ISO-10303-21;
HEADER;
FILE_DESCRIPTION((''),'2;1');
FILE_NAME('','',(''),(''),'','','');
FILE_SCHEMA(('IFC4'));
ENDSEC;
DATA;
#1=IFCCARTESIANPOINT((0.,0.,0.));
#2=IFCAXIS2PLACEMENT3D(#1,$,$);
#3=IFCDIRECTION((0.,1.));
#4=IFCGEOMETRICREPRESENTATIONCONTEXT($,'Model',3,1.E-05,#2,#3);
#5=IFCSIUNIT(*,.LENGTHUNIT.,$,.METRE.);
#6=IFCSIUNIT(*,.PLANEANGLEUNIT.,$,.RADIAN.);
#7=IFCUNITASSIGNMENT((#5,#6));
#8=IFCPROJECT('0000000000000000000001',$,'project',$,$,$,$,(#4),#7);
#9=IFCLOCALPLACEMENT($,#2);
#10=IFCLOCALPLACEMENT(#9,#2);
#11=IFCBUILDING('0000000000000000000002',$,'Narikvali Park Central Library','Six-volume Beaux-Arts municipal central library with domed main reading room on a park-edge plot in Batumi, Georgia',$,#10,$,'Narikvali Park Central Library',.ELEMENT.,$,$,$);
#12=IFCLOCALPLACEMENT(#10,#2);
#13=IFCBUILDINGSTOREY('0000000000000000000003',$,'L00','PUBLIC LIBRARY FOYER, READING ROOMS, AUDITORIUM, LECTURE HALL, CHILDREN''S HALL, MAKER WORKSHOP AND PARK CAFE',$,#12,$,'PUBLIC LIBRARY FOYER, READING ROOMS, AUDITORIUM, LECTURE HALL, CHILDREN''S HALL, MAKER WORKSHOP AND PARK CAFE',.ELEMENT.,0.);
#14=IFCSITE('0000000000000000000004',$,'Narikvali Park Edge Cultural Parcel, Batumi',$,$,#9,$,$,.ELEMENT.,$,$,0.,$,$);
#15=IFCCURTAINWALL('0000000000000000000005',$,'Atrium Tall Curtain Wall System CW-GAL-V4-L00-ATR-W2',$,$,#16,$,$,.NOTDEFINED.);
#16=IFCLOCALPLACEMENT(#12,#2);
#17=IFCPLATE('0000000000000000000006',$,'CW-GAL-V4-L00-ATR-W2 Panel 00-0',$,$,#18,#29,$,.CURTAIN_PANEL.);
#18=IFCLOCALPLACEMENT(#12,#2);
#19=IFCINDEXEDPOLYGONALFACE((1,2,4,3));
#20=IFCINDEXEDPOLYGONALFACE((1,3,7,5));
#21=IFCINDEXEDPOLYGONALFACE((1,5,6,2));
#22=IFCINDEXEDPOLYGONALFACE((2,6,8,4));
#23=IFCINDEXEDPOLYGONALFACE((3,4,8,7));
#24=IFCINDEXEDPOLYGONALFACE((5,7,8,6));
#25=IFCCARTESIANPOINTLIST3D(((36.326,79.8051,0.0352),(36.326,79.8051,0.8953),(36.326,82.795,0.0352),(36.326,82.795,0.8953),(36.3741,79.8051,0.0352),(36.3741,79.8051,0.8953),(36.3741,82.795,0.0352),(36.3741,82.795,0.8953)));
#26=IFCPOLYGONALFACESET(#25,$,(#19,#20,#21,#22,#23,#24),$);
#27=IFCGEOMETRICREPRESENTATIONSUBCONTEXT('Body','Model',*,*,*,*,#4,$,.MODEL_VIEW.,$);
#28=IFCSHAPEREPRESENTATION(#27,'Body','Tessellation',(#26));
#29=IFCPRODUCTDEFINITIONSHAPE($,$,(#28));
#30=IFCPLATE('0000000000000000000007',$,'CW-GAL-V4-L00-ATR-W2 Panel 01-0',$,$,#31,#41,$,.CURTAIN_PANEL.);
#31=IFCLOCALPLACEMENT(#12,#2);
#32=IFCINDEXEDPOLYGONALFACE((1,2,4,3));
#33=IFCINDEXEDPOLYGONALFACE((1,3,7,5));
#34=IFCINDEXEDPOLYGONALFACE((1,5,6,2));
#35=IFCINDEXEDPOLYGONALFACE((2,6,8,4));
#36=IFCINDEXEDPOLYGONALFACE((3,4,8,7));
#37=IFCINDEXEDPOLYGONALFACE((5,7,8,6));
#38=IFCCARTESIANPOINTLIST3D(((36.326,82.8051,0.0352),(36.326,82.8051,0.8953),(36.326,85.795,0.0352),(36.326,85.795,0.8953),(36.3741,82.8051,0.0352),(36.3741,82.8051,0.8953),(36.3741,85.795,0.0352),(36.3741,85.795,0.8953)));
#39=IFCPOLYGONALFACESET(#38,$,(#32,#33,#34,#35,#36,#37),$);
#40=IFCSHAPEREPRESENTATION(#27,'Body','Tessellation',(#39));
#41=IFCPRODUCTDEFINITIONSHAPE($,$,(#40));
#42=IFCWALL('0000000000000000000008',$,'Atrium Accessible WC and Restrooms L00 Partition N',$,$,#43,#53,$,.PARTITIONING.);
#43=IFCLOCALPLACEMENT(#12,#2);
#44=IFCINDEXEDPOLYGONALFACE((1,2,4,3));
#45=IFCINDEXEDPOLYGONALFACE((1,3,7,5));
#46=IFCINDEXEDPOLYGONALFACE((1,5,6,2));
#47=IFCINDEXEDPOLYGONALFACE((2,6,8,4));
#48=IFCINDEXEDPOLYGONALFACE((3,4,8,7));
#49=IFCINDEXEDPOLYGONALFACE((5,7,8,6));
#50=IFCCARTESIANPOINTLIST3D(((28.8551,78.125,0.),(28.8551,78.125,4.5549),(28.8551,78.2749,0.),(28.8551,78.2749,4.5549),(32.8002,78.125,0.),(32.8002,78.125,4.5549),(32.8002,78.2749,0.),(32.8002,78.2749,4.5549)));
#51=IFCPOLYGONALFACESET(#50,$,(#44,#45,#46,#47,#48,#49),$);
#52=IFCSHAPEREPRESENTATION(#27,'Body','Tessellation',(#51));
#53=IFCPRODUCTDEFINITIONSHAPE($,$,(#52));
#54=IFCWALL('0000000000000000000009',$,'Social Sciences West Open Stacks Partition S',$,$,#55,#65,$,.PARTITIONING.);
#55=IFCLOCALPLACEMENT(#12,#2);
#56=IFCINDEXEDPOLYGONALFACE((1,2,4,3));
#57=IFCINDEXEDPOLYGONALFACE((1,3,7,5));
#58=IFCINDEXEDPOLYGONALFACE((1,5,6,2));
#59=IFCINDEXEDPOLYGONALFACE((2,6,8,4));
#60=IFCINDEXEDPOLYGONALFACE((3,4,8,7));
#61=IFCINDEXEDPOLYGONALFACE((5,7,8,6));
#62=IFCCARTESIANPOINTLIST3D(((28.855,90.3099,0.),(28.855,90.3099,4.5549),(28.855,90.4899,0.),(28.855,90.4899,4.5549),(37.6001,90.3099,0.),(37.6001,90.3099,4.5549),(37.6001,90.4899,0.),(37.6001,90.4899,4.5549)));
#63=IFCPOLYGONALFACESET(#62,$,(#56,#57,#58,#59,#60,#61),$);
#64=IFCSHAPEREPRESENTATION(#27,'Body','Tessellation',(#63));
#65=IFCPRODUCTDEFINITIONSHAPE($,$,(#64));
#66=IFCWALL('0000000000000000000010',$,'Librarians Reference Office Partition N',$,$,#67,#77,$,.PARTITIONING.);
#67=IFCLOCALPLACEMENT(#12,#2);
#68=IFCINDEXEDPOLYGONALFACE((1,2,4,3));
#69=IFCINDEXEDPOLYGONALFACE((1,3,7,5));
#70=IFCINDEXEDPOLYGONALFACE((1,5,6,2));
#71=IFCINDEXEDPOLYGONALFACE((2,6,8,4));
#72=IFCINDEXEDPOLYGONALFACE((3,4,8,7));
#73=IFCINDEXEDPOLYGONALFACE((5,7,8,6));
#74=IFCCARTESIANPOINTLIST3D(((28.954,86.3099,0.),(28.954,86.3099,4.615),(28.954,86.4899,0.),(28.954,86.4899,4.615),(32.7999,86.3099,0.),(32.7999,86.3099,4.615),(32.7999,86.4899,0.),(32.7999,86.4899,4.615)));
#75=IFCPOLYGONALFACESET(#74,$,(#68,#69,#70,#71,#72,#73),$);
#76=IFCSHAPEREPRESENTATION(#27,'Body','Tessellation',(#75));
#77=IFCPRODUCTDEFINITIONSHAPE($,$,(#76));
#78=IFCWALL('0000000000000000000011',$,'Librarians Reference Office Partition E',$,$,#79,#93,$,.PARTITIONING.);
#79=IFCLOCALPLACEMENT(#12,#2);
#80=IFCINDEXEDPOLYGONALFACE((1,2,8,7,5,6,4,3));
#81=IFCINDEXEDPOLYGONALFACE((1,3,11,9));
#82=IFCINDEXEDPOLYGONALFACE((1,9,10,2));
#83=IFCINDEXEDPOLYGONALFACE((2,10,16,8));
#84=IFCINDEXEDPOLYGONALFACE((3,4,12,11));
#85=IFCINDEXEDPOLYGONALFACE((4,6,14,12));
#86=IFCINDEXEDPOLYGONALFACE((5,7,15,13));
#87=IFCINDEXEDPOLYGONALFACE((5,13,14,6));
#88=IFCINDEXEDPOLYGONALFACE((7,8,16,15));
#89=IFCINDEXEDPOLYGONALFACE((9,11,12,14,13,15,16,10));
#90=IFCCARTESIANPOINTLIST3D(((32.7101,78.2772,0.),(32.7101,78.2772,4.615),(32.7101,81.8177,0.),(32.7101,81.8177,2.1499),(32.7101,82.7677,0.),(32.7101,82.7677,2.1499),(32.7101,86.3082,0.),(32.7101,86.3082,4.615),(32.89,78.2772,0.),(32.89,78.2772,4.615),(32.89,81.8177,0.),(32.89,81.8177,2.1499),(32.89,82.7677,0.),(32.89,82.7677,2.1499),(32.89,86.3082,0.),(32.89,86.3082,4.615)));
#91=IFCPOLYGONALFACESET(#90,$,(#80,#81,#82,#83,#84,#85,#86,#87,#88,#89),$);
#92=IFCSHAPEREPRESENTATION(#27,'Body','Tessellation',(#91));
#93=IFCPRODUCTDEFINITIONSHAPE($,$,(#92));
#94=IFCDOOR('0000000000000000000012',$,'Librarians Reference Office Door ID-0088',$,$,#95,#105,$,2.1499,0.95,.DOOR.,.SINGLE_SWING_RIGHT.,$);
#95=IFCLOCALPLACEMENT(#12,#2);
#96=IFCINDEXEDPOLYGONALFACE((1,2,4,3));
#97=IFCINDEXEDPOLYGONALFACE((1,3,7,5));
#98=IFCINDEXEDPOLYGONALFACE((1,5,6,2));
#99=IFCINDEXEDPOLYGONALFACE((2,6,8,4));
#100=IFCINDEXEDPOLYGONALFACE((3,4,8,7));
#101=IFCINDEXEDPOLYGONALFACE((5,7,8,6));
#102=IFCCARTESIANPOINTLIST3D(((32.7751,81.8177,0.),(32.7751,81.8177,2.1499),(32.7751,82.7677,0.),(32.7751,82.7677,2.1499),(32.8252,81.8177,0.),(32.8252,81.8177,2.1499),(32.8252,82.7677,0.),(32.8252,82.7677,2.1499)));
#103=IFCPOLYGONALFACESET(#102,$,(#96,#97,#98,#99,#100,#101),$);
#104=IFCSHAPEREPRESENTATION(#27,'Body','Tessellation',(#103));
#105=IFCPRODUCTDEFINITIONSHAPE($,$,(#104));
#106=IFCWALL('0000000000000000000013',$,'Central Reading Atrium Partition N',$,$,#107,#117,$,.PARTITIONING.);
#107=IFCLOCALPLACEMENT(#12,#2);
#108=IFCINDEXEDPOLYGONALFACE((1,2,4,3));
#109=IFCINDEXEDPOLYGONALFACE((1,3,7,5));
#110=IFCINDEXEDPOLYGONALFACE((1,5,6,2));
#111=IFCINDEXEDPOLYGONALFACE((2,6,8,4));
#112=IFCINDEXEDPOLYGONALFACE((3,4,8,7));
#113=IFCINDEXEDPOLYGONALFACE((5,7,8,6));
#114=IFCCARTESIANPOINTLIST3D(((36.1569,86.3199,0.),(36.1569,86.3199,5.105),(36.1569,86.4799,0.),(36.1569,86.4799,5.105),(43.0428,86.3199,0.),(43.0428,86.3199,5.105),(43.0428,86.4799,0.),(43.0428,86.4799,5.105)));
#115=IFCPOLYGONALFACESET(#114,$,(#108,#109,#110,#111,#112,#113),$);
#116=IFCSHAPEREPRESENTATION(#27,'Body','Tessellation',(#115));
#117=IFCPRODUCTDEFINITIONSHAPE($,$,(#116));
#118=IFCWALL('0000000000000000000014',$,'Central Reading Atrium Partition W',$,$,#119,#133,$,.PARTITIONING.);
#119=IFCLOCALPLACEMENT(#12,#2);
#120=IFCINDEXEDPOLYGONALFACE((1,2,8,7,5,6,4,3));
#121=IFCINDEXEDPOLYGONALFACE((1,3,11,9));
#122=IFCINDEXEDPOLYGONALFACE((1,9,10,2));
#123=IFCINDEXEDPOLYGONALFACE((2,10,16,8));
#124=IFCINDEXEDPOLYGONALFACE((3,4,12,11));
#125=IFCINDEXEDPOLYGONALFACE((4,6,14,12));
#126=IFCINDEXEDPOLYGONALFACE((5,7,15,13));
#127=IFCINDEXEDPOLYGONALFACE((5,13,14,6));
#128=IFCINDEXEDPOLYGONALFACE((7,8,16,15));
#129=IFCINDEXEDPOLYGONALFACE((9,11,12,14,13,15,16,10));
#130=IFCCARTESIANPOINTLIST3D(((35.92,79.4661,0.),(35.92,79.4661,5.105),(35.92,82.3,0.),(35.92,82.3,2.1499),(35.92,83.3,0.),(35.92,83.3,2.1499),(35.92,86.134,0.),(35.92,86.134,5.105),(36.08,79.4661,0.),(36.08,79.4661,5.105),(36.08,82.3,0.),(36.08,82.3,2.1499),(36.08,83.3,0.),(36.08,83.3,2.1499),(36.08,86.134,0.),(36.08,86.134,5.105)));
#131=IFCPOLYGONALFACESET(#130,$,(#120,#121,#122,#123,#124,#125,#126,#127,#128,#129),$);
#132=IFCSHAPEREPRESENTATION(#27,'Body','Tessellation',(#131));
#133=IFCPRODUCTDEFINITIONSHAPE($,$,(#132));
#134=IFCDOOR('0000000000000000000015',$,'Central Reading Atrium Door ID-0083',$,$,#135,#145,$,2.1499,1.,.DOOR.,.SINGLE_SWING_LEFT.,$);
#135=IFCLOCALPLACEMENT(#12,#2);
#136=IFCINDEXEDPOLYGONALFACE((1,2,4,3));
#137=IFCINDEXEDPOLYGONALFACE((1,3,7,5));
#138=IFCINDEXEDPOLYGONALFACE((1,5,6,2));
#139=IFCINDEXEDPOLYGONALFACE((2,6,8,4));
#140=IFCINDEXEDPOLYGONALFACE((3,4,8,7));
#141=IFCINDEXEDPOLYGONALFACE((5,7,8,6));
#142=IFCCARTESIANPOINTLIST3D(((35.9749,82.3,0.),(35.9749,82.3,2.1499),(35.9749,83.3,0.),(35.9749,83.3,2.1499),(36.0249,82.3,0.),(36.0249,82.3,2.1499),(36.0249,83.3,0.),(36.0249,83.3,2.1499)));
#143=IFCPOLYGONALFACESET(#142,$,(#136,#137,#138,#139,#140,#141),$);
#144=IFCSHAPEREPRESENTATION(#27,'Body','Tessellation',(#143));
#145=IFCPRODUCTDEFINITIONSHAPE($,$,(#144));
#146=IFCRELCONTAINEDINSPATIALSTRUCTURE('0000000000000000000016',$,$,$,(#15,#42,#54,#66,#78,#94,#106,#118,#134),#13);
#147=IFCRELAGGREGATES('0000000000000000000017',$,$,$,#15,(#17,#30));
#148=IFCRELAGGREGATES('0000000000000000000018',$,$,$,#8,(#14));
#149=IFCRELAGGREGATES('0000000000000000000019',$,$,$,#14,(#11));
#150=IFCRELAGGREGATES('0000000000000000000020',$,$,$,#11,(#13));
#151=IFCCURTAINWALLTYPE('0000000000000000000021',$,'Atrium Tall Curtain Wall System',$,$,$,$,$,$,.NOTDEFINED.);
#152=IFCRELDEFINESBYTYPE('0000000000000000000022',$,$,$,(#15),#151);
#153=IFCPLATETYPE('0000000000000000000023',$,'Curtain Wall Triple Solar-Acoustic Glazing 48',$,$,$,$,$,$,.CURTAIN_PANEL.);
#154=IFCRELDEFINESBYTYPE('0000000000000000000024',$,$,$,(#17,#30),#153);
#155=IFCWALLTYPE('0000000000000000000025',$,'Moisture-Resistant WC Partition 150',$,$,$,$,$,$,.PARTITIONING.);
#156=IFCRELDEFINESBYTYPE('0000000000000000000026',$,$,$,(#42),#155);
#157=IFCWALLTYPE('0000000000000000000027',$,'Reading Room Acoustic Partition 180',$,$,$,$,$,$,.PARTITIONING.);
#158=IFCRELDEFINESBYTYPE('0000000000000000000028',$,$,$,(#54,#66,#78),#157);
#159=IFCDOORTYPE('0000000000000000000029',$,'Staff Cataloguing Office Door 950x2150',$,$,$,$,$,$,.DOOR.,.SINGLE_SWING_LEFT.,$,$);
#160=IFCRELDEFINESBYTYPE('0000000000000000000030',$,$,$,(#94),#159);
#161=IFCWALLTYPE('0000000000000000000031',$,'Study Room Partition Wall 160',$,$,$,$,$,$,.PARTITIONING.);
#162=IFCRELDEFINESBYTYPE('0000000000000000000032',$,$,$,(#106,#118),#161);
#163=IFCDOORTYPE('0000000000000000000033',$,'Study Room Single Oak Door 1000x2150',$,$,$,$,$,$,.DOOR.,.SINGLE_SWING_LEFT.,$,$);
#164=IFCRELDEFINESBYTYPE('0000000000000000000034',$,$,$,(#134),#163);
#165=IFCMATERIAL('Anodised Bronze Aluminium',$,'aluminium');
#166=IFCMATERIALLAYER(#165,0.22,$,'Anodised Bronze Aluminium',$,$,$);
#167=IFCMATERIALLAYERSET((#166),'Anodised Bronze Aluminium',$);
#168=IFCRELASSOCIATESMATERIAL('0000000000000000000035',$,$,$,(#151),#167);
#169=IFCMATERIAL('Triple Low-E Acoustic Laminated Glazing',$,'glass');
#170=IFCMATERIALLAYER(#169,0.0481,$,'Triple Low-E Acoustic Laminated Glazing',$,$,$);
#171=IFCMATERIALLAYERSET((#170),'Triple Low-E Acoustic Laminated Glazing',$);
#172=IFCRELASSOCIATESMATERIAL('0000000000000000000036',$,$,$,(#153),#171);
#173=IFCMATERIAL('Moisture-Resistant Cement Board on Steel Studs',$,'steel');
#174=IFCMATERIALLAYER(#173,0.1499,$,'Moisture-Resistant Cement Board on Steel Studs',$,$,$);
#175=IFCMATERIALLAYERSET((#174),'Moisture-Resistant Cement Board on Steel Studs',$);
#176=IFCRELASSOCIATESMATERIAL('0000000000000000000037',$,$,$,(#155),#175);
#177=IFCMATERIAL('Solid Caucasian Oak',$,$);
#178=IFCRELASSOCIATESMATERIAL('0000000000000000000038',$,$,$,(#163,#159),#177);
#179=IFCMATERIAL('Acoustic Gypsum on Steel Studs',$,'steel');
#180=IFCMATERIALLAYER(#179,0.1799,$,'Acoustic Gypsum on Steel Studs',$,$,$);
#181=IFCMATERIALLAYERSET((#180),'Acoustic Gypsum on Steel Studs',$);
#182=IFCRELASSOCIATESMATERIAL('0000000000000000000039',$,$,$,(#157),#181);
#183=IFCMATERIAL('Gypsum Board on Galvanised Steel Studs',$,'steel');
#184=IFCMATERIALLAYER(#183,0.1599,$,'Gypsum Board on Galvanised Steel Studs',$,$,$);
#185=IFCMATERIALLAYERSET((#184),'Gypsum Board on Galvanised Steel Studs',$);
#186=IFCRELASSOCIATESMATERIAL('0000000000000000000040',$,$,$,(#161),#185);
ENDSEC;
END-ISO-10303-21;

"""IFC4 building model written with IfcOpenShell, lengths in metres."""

from ifc_helpers import new_model, si_unit, direction, frame, frame_2d, origin, origin_2d, place, context, subcontext, project, spatial, rectangle, extrude, material, layer, layer_set, type_object, element, fill, aggregate, save


model = new_model("IFC4")

# Units and contexts
model_context = context("Model", 3, precision=1e-05, world=origin(), true_north=direction((0.0, 1.0)))
body_context = subcontext(model_context, "Body", "Model", "MODEL_VIEW")
ifc_project = project(units=[si_unit("LENGTHUNIT", "METRE"), si_unit("PLANEANGLEUNIT", "RADIAN")], contexts=[model_context])

# Site, building, storey
site_placement = place(None, origin())
site = spatial("IfcSite", under=ifc_project, at=site_placement, Name="Narikvali Park Edge Cultural Parcel, Batumi", CompositionType="ELEMENT", RefElevation=0.0)
building_placement = place(site_placement, origin())
building = spatial("IfcBuilding", under=site, at=building_placement, Name="Narikvali Park Central Library", Description="Six-volume Beaux-Arts municipal central library with domed main reading room on a park-edge plot in Batumi, Georgia", LongName="Narikvali Park Central Library", CompositionType="ELEMENT")
storey_placement = place(building_placement, origin())
storey = spatial("IfcBuildingStorey", under=building, at=storey_placement, Name="L00", Description="PUBLIC LIBRARY FOYER, READING ROOMS, AUDITORIUM, LECTURE HALL, CHILDREN'S HALL, MAKER WORKSHOP AND PARK CAFE", LongName="PUBLIC LIBRARY FOYER, READING ROOMS, AUDITORIUM, LECTURE HALL, CHILDREN'S HALL, MAKER WORKSHOP AND PARK CAFE", CompositionType="ELEMENT", Elevation=0.0)

# Curtain wall
ifc_material_1 = material(Name="Anodised Bronze Aluminium", Category="aluminium")
ifc_layer_1 = layer(ifc_material_1, 0.22, Name="Anodised Bronze Aluminium")
ifc_layer_set_1 = layer_set([ifc_layer_1], Name="Anodised Bronze Aluminium")
curtain_wall_type = type_object("IfcCurtainWallType", Name="Atrium Tall Curtain Wall System", PredefinedType="NOTDEFINED", material=ifc_layer_set_1)
curtain_wall_placement = place(storey_placement, origin())
curtain_wall = element("IfcCurtainWall", 1, at=curtain_wall_placement, inside=storey, type_object=curtain_wall_type, Name="Atrium Tall Curtain Wall System CW-GAL-V4-L00-ATR-W2", PredefinedType="NOTDEFINED")

# Plates
ifc_material_2 = material(Name="Triple Low-E Acoustic Laminated Glazing", Category="glass")
ifc_layer_2 = layer(ifc_material_2, 0.0481, Name="Triple Low-E Acoustic Laminated Glazing")
ifc_layer_set_2 = layer_set([ifc_layer_2], Name="Triple Low-E Acoustic Laminated Glazing")
plate_type_1 = type_object("IfcPlateType", Name="Curtain Wall Triple Solar-Acoustic Glazing 48", PredefinedType="CURTAIN_PANEL", material=ifc_layer_set_2)
plate_1_placement = place(storey_placement, frame((36.3501, 81.3, 0.0352), z_axis=(0.0, 0.0, 1.0), x_axis=(0.0, 1.0, 0.0)))
plate_1 = element("IfcPlate", 2, at=plate_1_placement, type_object=plate_type_1, Name="CW-GAL-V4-L00-ATR-W2 Panel 00-0", PredefinedType="CURTAIN_PANEL", context=body_context, shape_type="SweptSolid", body=[
    extrude(rectangle(XDim=2.99, YDim=0.0481, at=origin_2d()), origin(), (0.0, 0.0, 1.0), 0.8601),
])
plate_2_placement = place(storey_placement, frame((36.3501, 84.3, 0.0352), z_axis=(0.0, 0.0, 1.0), x_axis=(0.0, 1.0, 0.0)))
plate_2 = element("IfcPlate", 3, at=plate_2_placement, type_object=plate_type_1, Name="CW-GAL-V4-L00-ATR-W2 Panel 01-0", PredefinedType="CURTAIN_PANEL", context=body_context, shape_type="SweptSolid", body=[
    extrude(rectangle(XDim=2.99, YDim=0.0481, at=origin_2d()), origin(), (0.0, 0.0, 1.0), 0.8601),
])
aggregate(curtain_wall, [plate_1, plate_2])

# Wall
ifc_material_3 = material(Name="Moisture-Resistant Cement Board on Steel Studs", Category="steel")
ifc_layer_3 = layer(ifc_material_3, 0.1499, Name="Moisture-Resistant Cement Board on Steel Studs")
ifc_layer_set_3 = layer_set([ifc_layer_3], Name="Moisture-Resistant Cement Board on Steel Studs")
wall_type_1 = type_object("IfcWallType", Name="Moisture-Resistant WC Partition 150", PredefinedType="PARTITIONING", material=ifc_layer_set_3)
wall_1_placement = place(storey_placement, frame((28.855, 78.2, 0.0), z_axis=(0.0, 0.0, 1.0), x_axis=(1.0, 0.0, 0.0)))
element("IfcWall", 4, at=wall_1_placement, inside=storey, type_object=wall_type_1, Name="Atrium Accessible WC and Restrooms L00 Partition N", PredefinedType="PARTITIONING", context=body_context, shape_type="SweptSolid", body=[
    extrude(rectangle(XDim=3.9451, YDim=0.1499, at=frame_2d((1.9727, 0.0))), origin(), (0.0, 0.0, 1.0), 4.5549),
])

# Shared definitions
ifc_material_4 = material(Name="Solid Caucasian Oak")
door_type_1 = type_object("IfcDoorType", Name="Study Room Single Oak Door 1000x2150", OperationType="SINGLE_SWING_LEFT", PredefinedType="DOOR", material=ifc_material_4)

# Walls
ifc_material_5 = material(Name="Acoustic Gypsum on Steel Studs", Category="steel")
ifc_layer_4 = layer(ifc_material_5, 0.1799, Name="Acoustic Gypsum on Steel Studs")
ifc_layer_set_4 = layer_set([ifc_layer_4], Name="Acoustic Gypsum on Steel Studs")
wall_type_2 = type_object("IfcWallType", Name="Reading Room Acoustic Partition 180", PredefinedType="PARTITIONING", material=ifc_layer_set_4)
wall_2_placement = place(storey_placement, frame((28.855, 90.3999, 0.0), z_axis=(0.0, 0.0, 1.0), x_axis=(1.0, 0.0, 0.0)))
element("IfcWall", 5, at=wall_2_placement, inside=storey, type_object=wall_type_2, Name="Social Sciences West Open Stacks Partition S", PredefinedType="PARTITIONING", context=body_context, shape_type="SweptSolid", body=[
    extrude(rectangle(XDim=8.7451, YDim=0.1799, at=frame_2d((4.3726, 0.0))), origin(), (0.0, 0.0, 1.0), 4.5549),
])
wall_3_placement = place(storey_placement, frame((28.9541, 86.3999, 0.0), z_axis=(0.0, 0.0, 1.0), x_axis=(1.0, 0.0, 0.0)))
element("IfcWall", 6, at=wall_3_placement, inside=storey, type_object=wall_type_2, Name="Librarians Reference Office Partition N", PredefinedType="PARTITIONING", context=body_context, shape_type="SweptSolid", body=[
    extrude(rectangle(XDim=3.8459, YDim=0.1799, at=frame_2d((1.9229, 0.0))), origin(), (0.0, 0.0, 1.0), 4.615),
])

# Wall, opening, door
wall_4_placement = place(storey_placement, frame((32.8, 78.2771, 0.0), z_axis=(0.0, 0.0, 1.0), x_axis=(0.0, 1.0, 0.0)))
wall_4 = element("IfcWall", 7, at=wall_4_placement, inside=storey, type_object=wall_type_2, Name="Librarians Reference Office Partition E", PredefinedType="PARTITIONING", context=body_context, shape_type="SweptSolid", body=[
    extrude(rectangle(XDim=8.031, YDim=0.1799, at=frame_2d((4.0156, 0.0))), origin(), (0.0, 0.0, 1.0), 4.615),
])
opening_1_placement = place(wall_4_placement, frame((3.5405, 0.0, 0.0)))
opening_1 = element("IfcOpeningElement", 8, at=opening_1_placement, cuts=wall_4, PredefinedType="OPENING", context=body_context, shape_type="SweptSolid", body=[
    extrude(rectangle(XDim=0.95, YDim=2.1499, at=frame_2d((0.4751, 1.075))), frame((0.0, 0.1021, 0.0), z_axis=(0.0, -1.0, 0.0), x_axis=(1.0, 0.0, 0.0)), (0.0, 0.0, 1.0), 0.2039),
])
door_type_2 = type_object("IfcDoorType", Name="Staff Cataloguing Office Door 950x2150", OperationType="SINGLE_SWING_LEFT", PredefinedType="DOOR", material=ifc_material_4)
door_1_placement = place(opening_1_placement, origin())
door_1 = element("IfcDoor", 9, at=door_1_placement, inside=storey, type_object=door_type_2, Name="Librarians Reference Office Door ID-0088", OperationType="SINGLE_SWING_RIGHT", OverallHeight=2.1499, OverallWidth=0.95, PredefinedType="DOOR", context=body_context, shape_type="SweptSolid", body=[
    extrude(rectangle(XDim=0.95, YDim=2.1499, at=frame_2d((0.4751, 1.075))), frame((0.0, 0.0249, 0.0), z_axis=(0.0, -1.0, 0.0), x_axis=(1.0, 0.0, 0.0)), (0.0, 0.0, 1.0), 0.05),
])
fill(opening_1, door_1)

# Wall
ifc_material_6 = material(Name="Gypsum Board on Galvanised Steel Studs", Category="steel")
ifc_layer_5 = layer(ifc_material_6, 0.1599, Name="Gypsum Board on Galvanised Steel Studs")
ifc_layer_set_5 = layer_set([ifc_layer_5], Name="Gypsum Board on Galvanised Steel Studs")
wall_type_3 = type_object("IfcWallType", Name="Study Room Partition Wall 160", PredefinedType="PARTITIONING", material=ifc_layer_set_5)
wall_5_placement = place(storey_placement, frame((36.157, 86.3999, 0.0), z_axis=(0.0, 0.0, 1.0), x_axis=(1.0, 0.0, 0.0)))
element("IfcWall", 10, at=wall_5_placement, inside=storey, type_object=wall_type_3, Name="Central Reading Atrium Partition N", PredefinedType="PARTITIONING", context=body_context, shape_type="SweptSolid", body=[
    extrude(rectangle(XDim=6.886, YDim=0.1599, at=frame_2d((3.4429, 0.0))), origin(), (0.0, 0.0, 1.0), 5.105),
])

# Wall, opening, door
wall_6_placement = place(storey_placement, frame((36.0, 79.4661, 0.0), z_axis=(0.0, 0.0, 1.0), x_axis=(0.0, 1.0, 0.0)))
wall_6 = element("IfcWall", 11, at=wall_6_placement, inside=storey, type_object=wall_type_3, Name="Central Reading Atrium Partition W", PredefinedType="PARTITIONING", context=body_context, shape_type="SweptSolid", body=[
    extrude(rectangle(XDim=6.668, YDim=0.1599, at=frame_2d((3.334, 0.0))), origin(), (0.0, 0.0, 1.0), 5.105),
])
opening_2_placement = place(wall_6_placement, frame((2.834, 0.0, 0.0)))
opening_2 = element("IfcOpeningElement", 12, at=opening_2_placement, cuts=wall_6, PredefinedType="OPENING", context=body_context, shape_type="SweptSolid", body=[
    extrude(rectangle(XDim=1.0, YDim=2.1499, at=frame_2d((0.5, 1.075))), frame((0.0, 0.0918, 0.0), z_axis=(0.0, -1.0, 0.0), x_axis=(1.0, 0.0, 0.0)), (0.0, 0.0, 1.0), 0.1838),
])
door_2_placement = place(opening_2_placement, frame((1.0, 0.0, 0.0), z_axis=(0.0, 0.0, 1.0), x_axis=(-1.0, 0.0, 0.0)))
door_2 = element("IfcDoor", 13, at=door_2_placement, inside=storey, type_object=door_type_1, Name="Central Reading Atrium Door ID-0083", OperationType="SINGLE_SWING_LEFT", OverallHeight=2.1499, OverallWidth=1.0, PredefinedType="DOOR", context=body_context, shape_type="SweptSolid", body=[
    extrude(rectangle(XDim=1.0, YDim=2.1499, at=frame_2d((0.5, 1.075))), frame((0.0, 0.0249, 0.0), z_axis=(0.0, -1.0, 0.0), x_axis=(1.0, 0.0, 0.0)), (0.0, 0.0, 1.0), 0.05),
])
fill(opening_2, door_2)

save(model, "model.ifc")
